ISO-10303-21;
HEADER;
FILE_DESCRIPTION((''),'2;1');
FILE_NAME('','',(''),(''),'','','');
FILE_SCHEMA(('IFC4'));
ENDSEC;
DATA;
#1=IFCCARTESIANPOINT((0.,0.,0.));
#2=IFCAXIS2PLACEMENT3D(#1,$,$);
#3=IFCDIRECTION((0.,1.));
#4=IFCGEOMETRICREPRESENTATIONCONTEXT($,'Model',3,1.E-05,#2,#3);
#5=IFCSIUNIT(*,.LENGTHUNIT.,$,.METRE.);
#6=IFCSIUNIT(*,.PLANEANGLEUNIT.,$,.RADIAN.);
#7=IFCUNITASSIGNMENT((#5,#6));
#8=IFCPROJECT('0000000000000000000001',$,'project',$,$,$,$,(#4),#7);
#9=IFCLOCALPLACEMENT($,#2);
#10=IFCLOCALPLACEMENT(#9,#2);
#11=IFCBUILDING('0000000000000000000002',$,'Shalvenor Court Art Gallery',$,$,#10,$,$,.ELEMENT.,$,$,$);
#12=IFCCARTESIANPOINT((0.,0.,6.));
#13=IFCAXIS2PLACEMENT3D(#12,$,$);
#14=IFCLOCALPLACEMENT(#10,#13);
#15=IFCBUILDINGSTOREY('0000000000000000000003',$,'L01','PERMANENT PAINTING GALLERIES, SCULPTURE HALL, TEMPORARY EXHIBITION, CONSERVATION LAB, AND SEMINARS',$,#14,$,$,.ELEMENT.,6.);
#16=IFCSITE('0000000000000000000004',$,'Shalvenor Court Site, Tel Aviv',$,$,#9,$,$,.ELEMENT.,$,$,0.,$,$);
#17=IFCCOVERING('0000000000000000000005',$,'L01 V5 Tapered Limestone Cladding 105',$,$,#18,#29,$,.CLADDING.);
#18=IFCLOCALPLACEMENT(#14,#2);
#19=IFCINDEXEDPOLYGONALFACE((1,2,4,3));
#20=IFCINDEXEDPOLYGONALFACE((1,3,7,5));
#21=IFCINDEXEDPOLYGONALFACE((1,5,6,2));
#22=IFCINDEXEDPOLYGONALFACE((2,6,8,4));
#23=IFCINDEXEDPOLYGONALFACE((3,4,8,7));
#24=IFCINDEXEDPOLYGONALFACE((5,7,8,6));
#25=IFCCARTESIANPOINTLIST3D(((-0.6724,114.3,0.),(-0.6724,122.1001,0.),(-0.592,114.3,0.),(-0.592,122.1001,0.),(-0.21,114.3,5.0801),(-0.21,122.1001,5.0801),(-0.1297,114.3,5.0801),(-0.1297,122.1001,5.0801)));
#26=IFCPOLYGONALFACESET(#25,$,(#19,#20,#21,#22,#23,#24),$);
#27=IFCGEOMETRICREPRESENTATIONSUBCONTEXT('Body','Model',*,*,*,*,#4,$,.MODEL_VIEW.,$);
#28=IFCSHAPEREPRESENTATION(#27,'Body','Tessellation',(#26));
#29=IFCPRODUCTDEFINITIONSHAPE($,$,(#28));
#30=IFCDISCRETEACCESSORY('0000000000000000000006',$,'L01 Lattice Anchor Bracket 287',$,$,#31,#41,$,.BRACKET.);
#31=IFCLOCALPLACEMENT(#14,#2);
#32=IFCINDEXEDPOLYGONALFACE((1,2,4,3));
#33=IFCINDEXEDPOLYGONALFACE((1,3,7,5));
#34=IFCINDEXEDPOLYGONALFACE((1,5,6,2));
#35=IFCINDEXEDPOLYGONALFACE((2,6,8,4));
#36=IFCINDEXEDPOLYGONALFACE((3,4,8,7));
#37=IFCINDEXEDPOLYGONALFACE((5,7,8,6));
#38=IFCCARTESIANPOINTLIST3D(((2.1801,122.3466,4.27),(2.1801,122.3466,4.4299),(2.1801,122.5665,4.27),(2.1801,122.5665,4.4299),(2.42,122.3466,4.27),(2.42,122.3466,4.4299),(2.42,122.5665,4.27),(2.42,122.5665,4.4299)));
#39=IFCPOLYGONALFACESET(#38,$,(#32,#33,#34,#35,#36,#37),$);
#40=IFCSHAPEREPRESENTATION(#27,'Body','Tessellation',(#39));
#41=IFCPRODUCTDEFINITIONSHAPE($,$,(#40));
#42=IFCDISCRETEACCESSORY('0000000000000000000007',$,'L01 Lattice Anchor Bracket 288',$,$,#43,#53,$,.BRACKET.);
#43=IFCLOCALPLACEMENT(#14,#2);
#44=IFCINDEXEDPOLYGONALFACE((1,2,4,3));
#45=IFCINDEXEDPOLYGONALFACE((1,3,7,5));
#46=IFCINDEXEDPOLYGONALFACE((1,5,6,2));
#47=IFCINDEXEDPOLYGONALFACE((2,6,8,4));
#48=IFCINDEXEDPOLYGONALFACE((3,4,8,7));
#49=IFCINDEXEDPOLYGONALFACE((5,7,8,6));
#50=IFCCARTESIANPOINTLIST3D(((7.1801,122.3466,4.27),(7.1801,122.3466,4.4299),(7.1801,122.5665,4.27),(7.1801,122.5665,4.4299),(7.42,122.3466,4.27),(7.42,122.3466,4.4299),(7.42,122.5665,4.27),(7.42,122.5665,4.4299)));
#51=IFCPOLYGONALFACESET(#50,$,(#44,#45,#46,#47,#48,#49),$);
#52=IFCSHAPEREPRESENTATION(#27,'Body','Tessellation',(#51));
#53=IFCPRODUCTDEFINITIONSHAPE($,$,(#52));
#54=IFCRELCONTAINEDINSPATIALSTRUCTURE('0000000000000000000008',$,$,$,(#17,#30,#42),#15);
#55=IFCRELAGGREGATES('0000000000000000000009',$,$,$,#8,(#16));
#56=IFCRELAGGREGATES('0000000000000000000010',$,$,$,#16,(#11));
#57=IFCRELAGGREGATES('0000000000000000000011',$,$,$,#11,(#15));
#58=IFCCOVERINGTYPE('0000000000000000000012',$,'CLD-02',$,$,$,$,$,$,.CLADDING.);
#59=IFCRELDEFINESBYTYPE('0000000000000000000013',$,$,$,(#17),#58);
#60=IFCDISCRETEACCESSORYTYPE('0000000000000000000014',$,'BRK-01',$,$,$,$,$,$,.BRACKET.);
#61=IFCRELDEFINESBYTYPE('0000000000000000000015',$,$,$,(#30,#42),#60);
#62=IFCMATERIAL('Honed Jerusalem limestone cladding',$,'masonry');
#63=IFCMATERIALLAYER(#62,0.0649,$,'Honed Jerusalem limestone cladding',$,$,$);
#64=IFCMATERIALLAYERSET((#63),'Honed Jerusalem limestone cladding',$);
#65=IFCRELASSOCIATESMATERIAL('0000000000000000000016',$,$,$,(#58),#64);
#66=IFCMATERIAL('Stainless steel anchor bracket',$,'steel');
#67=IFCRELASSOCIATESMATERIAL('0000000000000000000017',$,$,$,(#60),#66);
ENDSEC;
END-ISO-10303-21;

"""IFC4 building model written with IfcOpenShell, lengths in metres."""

from ifc_helpers import new_model, si_unit, direction, frame, origin, origin_2d, place, context, subcontext, project, spatial, polyline, rectangle, outline, extrude, material, layer, layer_set, type_object, element, save


model = new_model("IFC4")

# Units and contexts
model_context = context("Model", 3, precision=1e-05, world=origin(), true_north=direction((0.0, 1.0)))
body_context = subcontext(model_context, "Body", "Model", "MODEL_VIEW")
ifc_project = project(units=[si_unit("LENGTHUNIT", "METRE"), si_unit("PLANEANGLEUNIT", "RADIAN")], contexts=[model_context])

# Site, building, storey
site_placement = place(None, origin())
site = spatial("IfcSite", under=ifc_project, at=site_placement, Name="Shalvenor Court Site, Tel Aviv", CompositionType="ELEMENT", RefElevation=0.0)
building_placement = place(site_placement, origin())
building = spatial("IfcBuilding", under=site, at=building_placement, Name="Shalvenor Court Art Gallery", CompositionType="ELEMENT")
storey_placement = place(building_placement, frame((0.0, 0.0, 6.0)))
storey = spatial("IfcBuildingStorey", under=building, at=storey_placement, Name="L01", Description="PERMANENT PAINTING GALLERIES, SCULPTURE HALL, TEMPORARY EXHIBITION, CONSERVATION LAB, AND SEMINARS", CompositionType="ELEMENT", Elevation=6.0)

# Covering
ifc_material_1 = material(Name="Honed Jerusalem limestone cladding", Category="masonry")
ifc_layer_1 = layer(ifc_material_1, 0.0649, Name="Honed Jerusalem limestone cladding")
ifc_layer_set_1 = layer_set([ifc_layer_1], Name="Honed Jerusalem limestone cladding")
covering_type = type_object("IfcCoveringType", Name="CLD-02", PredefinedType="CLADDING", material=ifc_layer_set_1)
covering_placement = place(storey_placement, frame((-0.6724, 122.1001, 0.0), z_axis=(0.0, 0.0, 1.0), x_axis=(0.0, -1.0, 0.0)))
element("IfcCovering", 1, at=covering_placement, inside=storey, type_object=covering_type, Name="L01 V5 Tapered Limestone Cladding 105", PredefinedType="CLADDING", context=body_context, shape_type="SweptSolid", body=[
    extrude(outline(polyline([(0.0, 0.0), (7.8, 0.0), (7.8, 5.1011), (0.0, 5.1011), (0.0, 0.0)])), frame((0.0, 0.0, 0.0), z_axis=(0.0, -0.995884, 0.090633), x_axis=(1.0, 0.0, 0.0)), (0.0, 0.090633, -0.995884), 0.0803),
])

# Discrete accessories
ifc_material_2 = material(Name="Stainless steel anchor bracket", Category="steel")
discrete_accessory_type = type_object("IfcDiscreteAccessoryType", Name="BRK-01", PredefinedType="BRACKET", material=ifc_material_2)
for number, where, z_axis, x_axis, name in (
    (2, (2.3, 122.4565, 4.27), (0.0, 0.0, 1.0), (1.0, 0.0, 0.0), "L01 Lattice Anchor Bracket 287"),
    (3, (7.3, 122.4565, 4.27), (0.0, 0.0, 1.0), (1.0, 0.0, 0.0), "L01 Lattice Anchor Bracket 288"),
):
    element("IfcDiscreteAccessory", number, at=place(storey_placement, frame(where, z_axis=z_axis, x_axis=x_axis)), inside=storey, type_object=discrete_accessory_type, Name=name, PredefinedType="BRACKET", context=body_context, shape_type="SweptSolid", body=[
        extrude(rectangle(XDim=0.24, YDim=0.22, at=origin_2d()), origin(), (0.0, 0.0, 1.0), 0.1599),
    ])

save(model, "model.ifc")
